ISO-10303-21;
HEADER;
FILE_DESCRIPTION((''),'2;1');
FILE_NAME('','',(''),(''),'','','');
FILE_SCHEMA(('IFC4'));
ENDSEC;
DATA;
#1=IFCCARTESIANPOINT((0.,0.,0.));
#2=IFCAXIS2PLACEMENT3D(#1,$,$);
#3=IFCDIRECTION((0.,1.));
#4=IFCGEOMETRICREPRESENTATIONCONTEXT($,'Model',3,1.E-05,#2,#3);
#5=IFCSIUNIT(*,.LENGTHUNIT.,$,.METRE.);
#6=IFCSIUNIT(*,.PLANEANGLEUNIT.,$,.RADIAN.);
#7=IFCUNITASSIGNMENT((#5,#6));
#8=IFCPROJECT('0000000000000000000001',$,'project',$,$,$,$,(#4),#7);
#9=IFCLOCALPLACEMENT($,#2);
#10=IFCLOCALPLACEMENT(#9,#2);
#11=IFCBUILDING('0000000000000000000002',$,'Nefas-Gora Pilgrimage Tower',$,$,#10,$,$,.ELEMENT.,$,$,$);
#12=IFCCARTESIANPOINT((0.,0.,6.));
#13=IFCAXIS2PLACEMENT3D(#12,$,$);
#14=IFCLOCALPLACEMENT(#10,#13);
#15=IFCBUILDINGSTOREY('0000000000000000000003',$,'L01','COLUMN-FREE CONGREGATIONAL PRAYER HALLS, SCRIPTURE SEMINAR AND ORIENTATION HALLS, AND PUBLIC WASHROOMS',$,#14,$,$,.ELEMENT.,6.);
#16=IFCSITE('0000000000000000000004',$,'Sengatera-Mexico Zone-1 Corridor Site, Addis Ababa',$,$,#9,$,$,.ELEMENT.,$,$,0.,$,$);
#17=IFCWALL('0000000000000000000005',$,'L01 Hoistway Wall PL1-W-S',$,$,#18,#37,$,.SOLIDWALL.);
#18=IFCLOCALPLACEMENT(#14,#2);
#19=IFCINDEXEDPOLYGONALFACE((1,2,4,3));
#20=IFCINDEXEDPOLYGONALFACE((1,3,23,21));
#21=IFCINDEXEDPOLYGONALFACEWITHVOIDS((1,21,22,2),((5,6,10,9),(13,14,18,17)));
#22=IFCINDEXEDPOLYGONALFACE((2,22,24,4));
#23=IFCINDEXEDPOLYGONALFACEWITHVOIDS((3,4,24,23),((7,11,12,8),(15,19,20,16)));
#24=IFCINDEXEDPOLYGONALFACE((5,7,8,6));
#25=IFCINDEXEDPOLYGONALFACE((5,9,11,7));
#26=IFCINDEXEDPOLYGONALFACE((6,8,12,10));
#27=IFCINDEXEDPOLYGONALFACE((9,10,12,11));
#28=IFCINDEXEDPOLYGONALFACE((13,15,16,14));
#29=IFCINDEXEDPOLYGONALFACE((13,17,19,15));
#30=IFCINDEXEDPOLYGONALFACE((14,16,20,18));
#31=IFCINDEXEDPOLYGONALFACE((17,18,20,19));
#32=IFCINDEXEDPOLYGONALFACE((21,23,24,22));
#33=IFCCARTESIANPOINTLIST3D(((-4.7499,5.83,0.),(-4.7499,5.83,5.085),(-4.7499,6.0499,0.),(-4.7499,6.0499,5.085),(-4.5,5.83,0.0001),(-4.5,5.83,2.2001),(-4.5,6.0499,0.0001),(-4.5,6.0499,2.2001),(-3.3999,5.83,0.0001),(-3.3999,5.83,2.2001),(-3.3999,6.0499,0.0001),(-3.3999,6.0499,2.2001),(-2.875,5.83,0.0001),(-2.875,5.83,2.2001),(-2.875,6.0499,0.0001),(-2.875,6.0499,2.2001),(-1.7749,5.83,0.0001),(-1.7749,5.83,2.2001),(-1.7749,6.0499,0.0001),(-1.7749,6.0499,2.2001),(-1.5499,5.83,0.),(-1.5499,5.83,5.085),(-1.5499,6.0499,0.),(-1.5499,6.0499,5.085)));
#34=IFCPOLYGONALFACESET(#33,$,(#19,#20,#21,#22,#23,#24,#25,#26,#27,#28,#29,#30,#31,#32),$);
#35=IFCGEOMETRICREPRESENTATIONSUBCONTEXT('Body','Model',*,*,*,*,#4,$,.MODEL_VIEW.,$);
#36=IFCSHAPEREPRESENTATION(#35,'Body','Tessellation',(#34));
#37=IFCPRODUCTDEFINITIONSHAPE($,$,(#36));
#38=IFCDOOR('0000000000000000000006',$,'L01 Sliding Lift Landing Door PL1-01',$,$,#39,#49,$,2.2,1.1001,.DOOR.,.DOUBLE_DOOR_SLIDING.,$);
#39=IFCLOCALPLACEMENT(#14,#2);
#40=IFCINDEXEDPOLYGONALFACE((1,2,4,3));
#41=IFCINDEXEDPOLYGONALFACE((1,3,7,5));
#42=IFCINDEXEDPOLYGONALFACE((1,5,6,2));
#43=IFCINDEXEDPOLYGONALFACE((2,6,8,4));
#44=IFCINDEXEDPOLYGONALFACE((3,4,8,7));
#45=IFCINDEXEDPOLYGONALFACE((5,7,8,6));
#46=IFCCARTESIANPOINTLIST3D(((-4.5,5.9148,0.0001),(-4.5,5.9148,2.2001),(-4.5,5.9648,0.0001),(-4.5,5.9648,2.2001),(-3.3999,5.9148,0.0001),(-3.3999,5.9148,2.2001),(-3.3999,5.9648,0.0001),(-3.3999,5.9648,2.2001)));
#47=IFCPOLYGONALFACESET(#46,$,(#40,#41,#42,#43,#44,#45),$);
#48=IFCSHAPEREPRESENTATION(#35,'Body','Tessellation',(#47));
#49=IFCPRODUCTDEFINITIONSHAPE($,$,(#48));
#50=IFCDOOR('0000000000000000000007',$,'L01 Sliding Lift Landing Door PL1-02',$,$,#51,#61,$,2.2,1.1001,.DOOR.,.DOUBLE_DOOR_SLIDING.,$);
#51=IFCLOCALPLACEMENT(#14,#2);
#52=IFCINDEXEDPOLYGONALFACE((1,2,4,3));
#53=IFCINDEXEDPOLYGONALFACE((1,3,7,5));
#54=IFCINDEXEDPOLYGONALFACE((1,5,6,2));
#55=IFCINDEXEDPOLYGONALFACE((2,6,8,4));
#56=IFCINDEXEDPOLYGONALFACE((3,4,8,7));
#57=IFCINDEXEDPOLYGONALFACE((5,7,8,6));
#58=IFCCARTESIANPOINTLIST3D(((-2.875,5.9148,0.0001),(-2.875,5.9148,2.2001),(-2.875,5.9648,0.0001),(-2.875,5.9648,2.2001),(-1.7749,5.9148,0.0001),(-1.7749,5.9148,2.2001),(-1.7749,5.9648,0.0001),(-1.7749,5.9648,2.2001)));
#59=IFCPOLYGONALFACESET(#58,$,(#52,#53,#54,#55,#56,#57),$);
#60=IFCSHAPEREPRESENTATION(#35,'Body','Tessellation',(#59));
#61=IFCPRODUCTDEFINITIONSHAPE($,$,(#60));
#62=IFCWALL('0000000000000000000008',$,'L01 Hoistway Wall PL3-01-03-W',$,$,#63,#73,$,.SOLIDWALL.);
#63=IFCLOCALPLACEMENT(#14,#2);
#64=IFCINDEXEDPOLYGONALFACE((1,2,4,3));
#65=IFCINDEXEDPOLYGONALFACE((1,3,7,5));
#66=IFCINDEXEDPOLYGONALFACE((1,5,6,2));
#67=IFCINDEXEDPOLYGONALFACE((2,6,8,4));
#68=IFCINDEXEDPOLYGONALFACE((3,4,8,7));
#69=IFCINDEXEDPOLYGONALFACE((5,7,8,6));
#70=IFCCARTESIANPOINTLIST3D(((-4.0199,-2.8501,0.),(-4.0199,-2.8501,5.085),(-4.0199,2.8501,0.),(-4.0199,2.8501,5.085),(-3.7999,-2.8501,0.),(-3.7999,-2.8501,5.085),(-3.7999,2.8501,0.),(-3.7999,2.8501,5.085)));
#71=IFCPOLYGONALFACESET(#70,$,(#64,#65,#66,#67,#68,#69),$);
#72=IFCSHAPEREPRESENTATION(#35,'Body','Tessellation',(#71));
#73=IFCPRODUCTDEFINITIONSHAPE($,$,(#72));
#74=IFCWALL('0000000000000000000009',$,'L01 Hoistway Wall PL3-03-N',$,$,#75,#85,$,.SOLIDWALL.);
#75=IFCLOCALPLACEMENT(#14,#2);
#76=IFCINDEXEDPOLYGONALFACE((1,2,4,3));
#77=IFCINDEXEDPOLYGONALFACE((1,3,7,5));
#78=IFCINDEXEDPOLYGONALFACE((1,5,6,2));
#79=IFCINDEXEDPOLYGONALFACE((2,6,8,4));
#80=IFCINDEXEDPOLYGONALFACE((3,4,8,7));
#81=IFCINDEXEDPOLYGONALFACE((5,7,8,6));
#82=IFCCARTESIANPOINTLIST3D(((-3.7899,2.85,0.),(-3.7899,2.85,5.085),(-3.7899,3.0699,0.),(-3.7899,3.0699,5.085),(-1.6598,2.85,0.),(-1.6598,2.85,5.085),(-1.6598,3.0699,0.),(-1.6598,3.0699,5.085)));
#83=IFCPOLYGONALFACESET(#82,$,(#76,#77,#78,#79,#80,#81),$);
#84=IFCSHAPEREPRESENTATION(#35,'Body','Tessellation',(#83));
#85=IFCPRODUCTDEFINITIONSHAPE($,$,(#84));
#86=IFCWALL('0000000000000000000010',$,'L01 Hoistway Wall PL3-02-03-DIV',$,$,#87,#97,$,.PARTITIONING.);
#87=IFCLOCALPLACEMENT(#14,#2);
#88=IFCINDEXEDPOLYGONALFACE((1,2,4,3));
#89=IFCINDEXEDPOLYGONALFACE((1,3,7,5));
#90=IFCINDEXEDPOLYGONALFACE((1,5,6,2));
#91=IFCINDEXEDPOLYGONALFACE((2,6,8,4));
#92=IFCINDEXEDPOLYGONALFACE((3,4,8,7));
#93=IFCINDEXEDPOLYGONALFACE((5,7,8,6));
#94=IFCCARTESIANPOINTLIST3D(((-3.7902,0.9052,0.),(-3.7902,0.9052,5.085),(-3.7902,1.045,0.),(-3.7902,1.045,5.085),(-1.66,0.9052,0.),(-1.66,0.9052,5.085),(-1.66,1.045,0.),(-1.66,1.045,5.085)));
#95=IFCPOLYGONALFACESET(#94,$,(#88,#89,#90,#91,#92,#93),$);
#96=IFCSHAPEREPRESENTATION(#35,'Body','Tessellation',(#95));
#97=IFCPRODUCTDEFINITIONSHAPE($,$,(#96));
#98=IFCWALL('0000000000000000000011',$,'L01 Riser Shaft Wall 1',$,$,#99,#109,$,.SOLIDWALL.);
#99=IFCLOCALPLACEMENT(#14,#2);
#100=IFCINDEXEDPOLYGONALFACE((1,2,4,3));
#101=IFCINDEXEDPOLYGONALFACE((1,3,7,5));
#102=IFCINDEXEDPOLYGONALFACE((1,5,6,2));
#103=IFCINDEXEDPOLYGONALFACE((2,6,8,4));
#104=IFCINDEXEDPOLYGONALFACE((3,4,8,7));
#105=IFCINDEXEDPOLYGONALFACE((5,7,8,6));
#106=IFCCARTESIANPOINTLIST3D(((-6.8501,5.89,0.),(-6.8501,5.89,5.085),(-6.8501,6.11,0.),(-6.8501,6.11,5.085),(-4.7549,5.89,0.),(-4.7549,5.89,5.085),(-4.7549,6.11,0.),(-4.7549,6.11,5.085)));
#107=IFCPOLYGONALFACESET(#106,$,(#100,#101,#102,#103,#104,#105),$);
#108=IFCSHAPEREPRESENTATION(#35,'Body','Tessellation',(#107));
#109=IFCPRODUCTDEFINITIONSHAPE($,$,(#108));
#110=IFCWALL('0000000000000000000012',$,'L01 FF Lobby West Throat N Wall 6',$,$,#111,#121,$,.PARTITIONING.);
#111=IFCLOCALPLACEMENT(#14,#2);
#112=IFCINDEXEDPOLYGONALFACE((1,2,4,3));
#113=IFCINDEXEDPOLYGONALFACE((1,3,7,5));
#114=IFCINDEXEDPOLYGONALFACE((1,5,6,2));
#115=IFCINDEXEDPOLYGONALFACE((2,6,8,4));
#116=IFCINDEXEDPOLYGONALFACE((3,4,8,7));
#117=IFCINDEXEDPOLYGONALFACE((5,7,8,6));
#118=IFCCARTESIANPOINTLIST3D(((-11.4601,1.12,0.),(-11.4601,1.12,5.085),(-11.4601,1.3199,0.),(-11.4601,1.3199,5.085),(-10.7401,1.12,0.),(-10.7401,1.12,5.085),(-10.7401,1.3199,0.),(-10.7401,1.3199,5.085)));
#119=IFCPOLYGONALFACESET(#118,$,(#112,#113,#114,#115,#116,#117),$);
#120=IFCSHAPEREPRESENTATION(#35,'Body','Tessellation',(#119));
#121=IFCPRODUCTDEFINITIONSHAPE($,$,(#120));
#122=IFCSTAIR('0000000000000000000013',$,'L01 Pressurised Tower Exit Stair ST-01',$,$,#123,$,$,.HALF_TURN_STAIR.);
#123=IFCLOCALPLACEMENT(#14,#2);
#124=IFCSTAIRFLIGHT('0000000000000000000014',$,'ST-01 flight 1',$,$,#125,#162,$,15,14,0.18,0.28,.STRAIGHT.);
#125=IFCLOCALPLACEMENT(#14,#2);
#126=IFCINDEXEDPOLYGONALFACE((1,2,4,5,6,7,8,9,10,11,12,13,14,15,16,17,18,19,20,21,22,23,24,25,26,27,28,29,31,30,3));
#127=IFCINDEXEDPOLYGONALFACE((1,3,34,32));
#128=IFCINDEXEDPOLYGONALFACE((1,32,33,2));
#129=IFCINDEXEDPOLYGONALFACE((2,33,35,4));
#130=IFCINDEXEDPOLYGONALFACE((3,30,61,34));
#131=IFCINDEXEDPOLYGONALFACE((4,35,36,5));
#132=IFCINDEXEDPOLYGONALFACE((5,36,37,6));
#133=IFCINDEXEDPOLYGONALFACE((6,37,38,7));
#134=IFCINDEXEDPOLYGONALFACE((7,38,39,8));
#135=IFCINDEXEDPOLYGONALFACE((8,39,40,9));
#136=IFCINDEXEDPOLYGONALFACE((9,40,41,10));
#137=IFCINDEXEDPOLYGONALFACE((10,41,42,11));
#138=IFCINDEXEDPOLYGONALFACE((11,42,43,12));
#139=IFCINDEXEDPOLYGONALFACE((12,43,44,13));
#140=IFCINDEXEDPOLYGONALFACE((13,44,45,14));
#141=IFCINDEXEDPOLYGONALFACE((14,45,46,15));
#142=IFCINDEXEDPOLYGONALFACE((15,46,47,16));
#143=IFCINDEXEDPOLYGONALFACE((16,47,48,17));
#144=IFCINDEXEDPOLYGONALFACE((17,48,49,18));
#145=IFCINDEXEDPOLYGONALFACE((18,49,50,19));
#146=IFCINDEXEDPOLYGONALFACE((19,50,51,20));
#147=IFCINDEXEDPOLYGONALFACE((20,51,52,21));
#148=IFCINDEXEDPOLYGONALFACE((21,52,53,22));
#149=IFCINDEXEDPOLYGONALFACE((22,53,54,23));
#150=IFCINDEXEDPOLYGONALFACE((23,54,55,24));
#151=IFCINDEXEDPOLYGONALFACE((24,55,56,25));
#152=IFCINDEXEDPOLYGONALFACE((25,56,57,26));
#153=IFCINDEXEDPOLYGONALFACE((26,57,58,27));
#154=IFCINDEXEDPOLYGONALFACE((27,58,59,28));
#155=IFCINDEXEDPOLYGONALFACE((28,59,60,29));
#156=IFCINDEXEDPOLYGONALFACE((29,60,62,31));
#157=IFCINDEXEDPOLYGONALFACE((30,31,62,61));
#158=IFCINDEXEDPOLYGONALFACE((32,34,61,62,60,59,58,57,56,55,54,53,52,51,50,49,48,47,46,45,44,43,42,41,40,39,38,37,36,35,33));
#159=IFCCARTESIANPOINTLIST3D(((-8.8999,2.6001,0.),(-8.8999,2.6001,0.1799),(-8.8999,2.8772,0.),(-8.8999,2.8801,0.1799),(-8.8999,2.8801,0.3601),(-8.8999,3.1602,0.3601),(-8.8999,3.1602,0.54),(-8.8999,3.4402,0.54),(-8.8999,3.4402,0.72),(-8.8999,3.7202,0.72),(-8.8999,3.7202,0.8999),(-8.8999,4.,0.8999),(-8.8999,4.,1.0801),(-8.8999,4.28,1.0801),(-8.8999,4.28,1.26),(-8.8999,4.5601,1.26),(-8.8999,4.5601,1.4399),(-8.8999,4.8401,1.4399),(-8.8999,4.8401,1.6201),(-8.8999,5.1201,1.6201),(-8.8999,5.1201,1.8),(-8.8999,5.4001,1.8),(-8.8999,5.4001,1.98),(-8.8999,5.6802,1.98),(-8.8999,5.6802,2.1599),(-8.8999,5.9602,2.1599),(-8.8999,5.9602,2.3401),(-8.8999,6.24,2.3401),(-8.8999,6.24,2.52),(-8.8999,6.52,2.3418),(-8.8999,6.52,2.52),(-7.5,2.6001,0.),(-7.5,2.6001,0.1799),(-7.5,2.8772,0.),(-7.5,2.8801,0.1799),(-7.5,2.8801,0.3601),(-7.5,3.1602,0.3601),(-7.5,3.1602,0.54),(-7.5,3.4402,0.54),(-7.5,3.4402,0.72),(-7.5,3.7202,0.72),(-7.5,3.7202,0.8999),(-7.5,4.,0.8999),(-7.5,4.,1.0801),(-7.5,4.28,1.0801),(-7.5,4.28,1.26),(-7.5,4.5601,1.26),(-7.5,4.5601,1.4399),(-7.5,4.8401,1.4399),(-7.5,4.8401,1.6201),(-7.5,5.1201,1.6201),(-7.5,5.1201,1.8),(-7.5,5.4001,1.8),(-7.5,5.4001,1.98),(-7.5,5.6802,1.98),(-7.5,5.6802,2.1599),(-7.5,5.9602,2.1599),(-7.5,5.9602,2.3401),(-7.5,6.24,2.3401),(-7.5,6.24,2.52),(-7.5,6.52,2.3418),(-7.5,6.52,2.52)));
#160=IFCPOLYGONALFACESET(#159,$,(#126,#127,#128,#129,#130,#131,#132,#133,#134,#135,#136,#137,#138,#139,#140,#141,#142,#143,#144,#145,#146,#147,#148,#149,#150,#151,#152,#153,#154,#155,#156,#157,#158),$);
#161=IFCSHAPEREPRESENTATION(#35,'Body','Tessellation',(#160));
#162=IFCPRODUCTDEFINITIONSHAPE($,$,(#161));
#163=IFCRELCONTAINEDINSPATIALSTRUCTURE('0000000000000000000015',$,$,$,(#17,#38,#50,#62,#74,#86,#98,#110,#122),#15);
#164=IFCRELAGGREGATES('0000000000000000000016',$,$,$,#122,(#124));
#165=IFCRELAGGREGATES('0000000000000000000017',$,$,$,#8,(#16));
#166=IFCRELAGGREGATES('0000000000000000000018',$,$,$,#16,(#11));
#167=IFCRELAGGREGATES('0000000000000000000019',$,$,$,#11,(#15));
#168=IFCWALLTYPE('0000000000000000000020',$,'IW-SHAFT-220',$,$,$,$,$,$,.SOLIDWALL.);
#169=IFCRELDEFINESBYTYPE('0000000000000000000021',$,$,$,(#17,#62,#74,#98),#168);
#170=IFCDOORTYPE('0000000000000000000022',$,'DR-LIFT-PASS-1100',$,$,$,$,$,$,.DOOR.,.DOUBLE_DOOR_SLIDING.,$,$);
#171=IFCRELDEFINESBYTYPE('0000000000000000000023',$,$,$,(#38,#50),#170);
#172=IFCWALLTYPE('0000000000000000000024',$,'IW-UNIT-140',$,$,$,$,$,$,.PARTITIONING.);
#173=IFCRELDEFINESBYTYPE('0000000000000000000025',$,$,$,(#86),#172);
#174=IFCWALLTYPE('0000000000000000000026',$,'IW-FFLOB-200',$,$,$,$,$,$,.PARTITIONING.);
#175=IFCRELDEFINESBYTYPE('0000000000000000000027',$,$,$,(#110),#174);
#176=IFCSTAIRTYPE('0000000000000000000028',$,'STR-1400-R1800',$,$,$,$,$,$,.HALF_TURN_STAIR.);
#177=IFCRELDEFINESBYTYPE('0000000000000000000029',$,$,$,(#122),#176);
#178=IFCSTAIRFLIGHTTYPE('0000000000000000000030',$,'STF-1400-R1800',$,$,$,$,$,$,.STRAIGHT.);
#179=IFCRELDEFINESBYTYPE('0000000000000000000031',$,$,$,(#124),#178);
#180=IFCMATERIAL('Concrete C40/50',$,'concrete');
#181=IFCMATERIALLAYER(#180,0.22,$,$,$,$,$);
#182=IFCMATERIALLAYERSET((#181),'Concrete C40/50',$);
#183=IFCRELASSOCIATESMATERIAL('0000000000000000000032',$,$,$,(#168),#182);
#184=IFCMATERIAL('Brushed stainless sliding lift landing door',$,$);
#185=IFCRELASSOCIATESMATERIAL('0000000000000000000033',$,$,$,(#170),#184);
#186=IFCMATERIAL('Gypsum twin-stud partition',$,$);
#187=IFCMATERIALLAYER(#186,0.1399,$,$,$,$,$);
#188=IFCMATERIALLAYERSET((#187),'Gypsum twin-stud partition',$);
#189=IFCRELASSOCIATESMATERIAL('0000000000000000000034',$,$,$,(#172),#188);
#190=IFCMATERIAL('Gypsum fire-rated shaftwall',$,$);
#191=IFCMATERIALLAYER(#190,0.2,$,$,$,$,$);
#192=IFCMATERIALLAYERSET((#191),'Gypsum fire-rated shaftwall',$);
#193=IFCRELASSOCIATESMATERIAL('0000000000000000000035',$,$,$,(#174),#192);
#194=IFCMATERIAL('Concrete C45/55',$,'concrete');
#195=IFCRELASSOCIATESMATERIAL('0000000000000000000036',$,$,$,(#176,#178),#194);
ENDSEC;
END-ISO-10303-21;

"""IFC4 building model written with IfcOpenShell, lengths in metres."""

from ifc_helpers import new_model, si_unit, direction, frame, frame_2d, origin, place, context, subcontext, project, spatial, polyline, rectangle, outline, extrude, source, transform, mapped, material, layer, layer_set, type_object, element, fill, aggregate, save


model = new_model("IFC4")

# Units and contexts
model_context = context("Model", 3, precision=1e-05, world=origin(), true_north=direction((0.0, 1.0)))
body_context = subcontext(model_context, "Body", "Model", "MODEL_VIEW")
ifc_project = project(units=[si_unit("LENGTHUNIT", "METRE"), si_unit("PLANEANGLEUNIT", "RADIAN")], contexts=[model_context])

# Site, building, storey
site_placement = place(None, origin())
site = spatial("IfcSite", under=ifc_project, at=site_placement, Name="Sengatera-Mexico Zone-1 Corridor Site, Addis Ababa", CompositionType="ELEMENT", RefElevation=0.0)
building_placement = place(site_placement, origin())
building = spatial("IfcBuilding", under=site, at=building_placement, Name="Nefas-Gora Pilgrimage Tower", CompositionType="ELEMENT")
storey_placement = place(building_placement, frame((0.0, 0.0, 6.0)))
storey = spatial("IfcBuildingStorey", under=building, at=storey_placement, Name="L01", Description="COLUMN-FREE CONGREGATIONAL PRAYER HALLS, SCRIPTURE SEMINAR AND ORIENTATION HALLS, AND PUBLIC WASHROOMS", CompositionType="ELEMENT", Elevation=6.0)

# Shared definitions
ifc_material_1 = material(Name="Concrete C45/55", Category="concrete")

# Shared definitions
ifc_material_2 = material(Name="Concrete C40/50", Category="concrete")
ifc_layer_1 = layer(ifc_material_2, 0.22)
ifc_layer_set_1 = layer_set([ifc_layer_1], Name="Concrete C40/50")
wall_type_1 = type_object("IfcWallType", Name="IW-SHAFT-220", PredefinedType="SOLIDWALL", material=ifc_layer_set_1)

# Wall, openings, doors
shared_shape_1 = source(origin(), body_context, "Body", "SweptSolid", [
    extrude(rectangle(XDim=3.2, YDim=0.22, at=frame_2d((1.6001, 0.0))), origin(), (0.0, 0.0, 1.0), 5.085),
])
wall_1_placement = place(storey_placement, frame((-4.75, 5.9399, 0.0), z_axis=(0.0, 0.0, 1.0), x_axis=(1.0, 0.0, 0.0)))
wall_1 = element("IfcWall", 1, at=wall_1_placement, inside=storey, type_object=wall_type_1, Name="L01 Hoistway Wall PL1-W-S", PredefinedType="SOLIDWALL", context=body_context, shape_type="MappedRepresentation", body=[
    mapped(shared_shape_1, transform((0.0, 0.0, 0.0), x_axis=(1.0, 0.0, 0.0), y_axis=(0.0, 1.0, 0.0), z_axis=(0.0, 0.0, 1.0), scale=1.0)),
])
opening_1_placement = place(wall_1_placement, frame((0.25, 0.0, 0.0)))
opening_1 = element("IfcOpeningElement", 2, at=opening_1_placement, cuts=wall_1, PredefinedType="OPENING", context=body_context, shape_type="SweptSolid", body=[
    extrude(rectangle(XDim=1.1001, YDim=2.2, at=frame_2d((0.55, 1.1001))), frame((0.0, 0.1199, 0.0), z_axis=(0.0, -1.0, 0.0), x_axis=(1.0, 0.0, 0.0)), (0.0, 0.0, 1.0), 0.24),
])
opening_2_placement = place(wall_1_placement, frame((1.875, 0.0, 0.0)))
opening_2 = element("IfcOpeningElement", 3, at=opening_2_placement, cuts=wall_1, PredefinedType="OPENING", context=body_context, shape_type="SweptSolid", body=[
    extrude(rectangle(XDim=1.1001, YDim=2.2, at=frame_2d((0.55, 1.1001))), frame((0.0, 0.1199, 0.0), z_axis=(0.0, -1.0, 0.0), x_axis=(1.0, 0.0, 0.0)), (0.0, 0.0, 1.0), 0.24),
])
ifc_material_3 = material(Name="Brushed stainless sliding lift landing door")
door_type_1 = type_object("IfcDoorType", Name="DR-LIFT-PASS-1100", OperationType="DOUBLE_DOOR_SLIDING", PredefinedType="DOOR", material=ifc_material_3)
shared_shape_2 = source(origin(), body_context, "Body", "SweptSolid", [
    extrude(rectangle(XDim=1.1001, YDim=2.2, at=frame_2d((0.55, 1.1001))), frame((0.0, 0.0249, 0.0), z_axis=(0.0, -1.0, 0.0), x_axis=(1.0, 0.0, 0.0)), (0.0, 0.0, 1.0), 0.05),
])
door_1_placement = place(opening_1_placement, origin())
door_1 = element("IfcDoor", 4, at=door_1_placement, inside=storey, type_object=door_type_1, Name="L01 Sliding Lift Landing Door PL1-01", OperationType="DOUBLE_DOOR_SLIDING", OverallHeight=2.2, OverallWidth=1.1001, PredefinedType="DOOR", context=body_context, shape_type="MappedRepresentation", body=[
    mapped(shared_shape_2, transform((0.0, 0.0, 0.0), x_axis=(1.0, 0.0, 0.0), y_axis=(0.0, 1.0, 0.0), z_axis=(0.0, 0.0, 1.0), scale=1.0)),
])
fill(opening_1, door_1)
door_2_placement = place(opening_2_placement, origin())
door_2 = element("IfcDoor", 5, at=door_2_placement, inside=storey, type_object=door_type_1, Name="L01 Sliding Lift Landing Door PL1-02", OperationType="DOUBLE_DOOR_SLIDING", OverallHeight=2.2, OverallWidth=1.1001, PredefinedType="DOOR", context=body_context, shape_type="MappedRepresentation", body=[
    mapped(shared_shape_2, transform((0.0, 0.0, 0.0), x_axis=(1.0, 0.0, 0.0), y_axis=(0.0, 1.0, 0.0), z_axis=(0.0, 0.0, 1.0), scale=1.0)),
])
fill(opening_2, door_2)

# Walls
ifc_material_4 = material(Name="Gypsum twin-stud partition")
ifc_layer_2 = layer(ifc_material_4, 0.1399)
ifc_layer_set_2 = layer_set([ifc_layer_2], Name="Gypsum twin-stud partition")
wall_type_2 = type_object("IfcWallType", Name="IW-UNIT-140", PredefinedType="PARTITIONING", material=ifc_layer_set_2)
shared_shape_3 = source(origin(), body_context, "Body", "SweptSolid", [
    extrude(rectangle(XDim=5.7002, YDim=0.22, at=frame_2d((2.8501, 0.0))), origin(), (0.0, 0.0, 1.0), 5.085),
])
wall_2_placement = place(storey_placement, frame((-3.9099, 2.8501, 0.0), z_axis=(0.0, 0.0, 1.0), x_axis=(0.0, -1.0, 0.0)))
element("IfcWall", 6, at=wall_2_placement, inside=storey, type_object=wall_type_1, Name="L01 Hoistway Wall PL3-01-03-W", PredefinedType="SOLIDWALL", context=body_context, shape_type="MappedRepresentation", body=[
    mapped(shared_shape_3, transform((0.0, 0.0, 0.0), x_axis=(1.0, 0.0, 0.0), y_axis=(0.0, 1.0, 0.0), z_axis=(0.0, 0.0, 1.0), scale=1.0)),
])
shared_shape_4 = source(origin(), body_context, "Body", "SweptSolid", [
    extrude(rectangle(XDim=2.1301, YDim=0.22, at=frame_2d((1.0649, 0.0))), origin(), (0.0, 0.0, 1.0), 5.085),
])
wall_3_placement = place(storey_placement, frame((-1.6599, 2.96, 0.0), z_axis=(0.0, 0.0, 1.0), x_axis=(-1.0, 0.0, 0.0)))
element("IfcWall", 7, at=wall_3_placement, inside=storey, type_object=wall_type_1, Name="L01 Hoistway Wall PL3-03-N", PredefinedType="SOLIDWALL", context=body_context, shape_type="MappedRepresentation", body=[
    mapped(shared_shape_4, transform((0.0, 0.0, 0.0), x_axis=(1.0, 0.0, 0.0), y_axis=(0.0, 1.0, 0.0), z_axis=(0.0, 0.0, 1.0), scale=1.0)),
])
shared_shape_5 = source(origin(), body_context, "Body", "SweptSolid", [
    extrude(rectangle(XDim=2.1301, YDim=0.1399, at=frame_2d((1.0649, 0.0))), origin(), (0.0, 0.0, 1.0), 5.085),
])
wall_4_placement = place(storey_placement, frame((-3.79, 0.9751, 0.0), z_axis=(0.0, 0.0, 1.0), x_axis=(1.0, 0.0, 0.0)))
element("IfcWall", 8, at=wall_4_placement, inside=storey, type_object=wall_type_2, Name="L01 Hoistway Wall PL3-02-03-DIV", PredefinedType="PARTITIONING", context=body_context, shape_type="MappedRepresentation", body=[
    mapped(shared_shape_5, transform((0.0, 0.0, 0.0), x_axis=(1.0, 0.0, 0.0), y_axis=(0.0, 1.0, 0.0), z_axis=(0.0, 0.0, 1.0), scale=1.0)),
])
shared_shape_6 = source(origin(), body_context, "Body", "SweptSolid", [
    extrude(rectangle(XDim=2.0952, YDim=0.22, at=frame_2d((1.0476, 0.0))), origin(), (0.0, 0.0, 1.0), 5.085),
])
wall_5_placement = place(storey_placement, frame((-6.8501, 6.0, 0.0), z_axis=(0.0, 0.0, 1.0), x_axis=(1.0, 0.0, 0.0)))
element("IfcWall", 9, at=wall_5_placement, inside=storey, type_object=wall_type_1, Name="L01 Riser Shaft Wall 1", PredefinedType="SOLIDWALL", context=body_context, shape_type="MappedRepresentation", body=[
    mapped(shared_shape_6, transform((0.0, 0.0, 0.0), x_axis=(1.0, 0.0, 0.0), y_axis=(0.0, 1.0, 0.0), z_axis=(0.0, 0.0, 1.0), scale=1.0)),
])
ifc_material_5 = material(Name="Gypsum fire-rated shaftwall")
ifc_layer_3 = layer(ifc_material_5, 0.2)
ifc_layer_set_3 = layer_set([ifc_layer_3], Name="Gypsum fire-rated shaftwall")
wall_type_3 = type_object("IfcWallType", Name="IW-FFLOB-200", PredefinedType="PARTITIONING", material=ifc_layer_set_3)
shared_shape_7 = source(origin(), body_context, "Body", "SweptSolid", [
    extrude(rectangle(XDim=0.72, YDim=0.2, at=frame_2d((0.3599, 0.0))), origin(), (0.0, 0.0, 1.0), 5.085),
])
wall_6_placement = place(storey_placement, frame((-11.46, 1.22, 0.0), z_axis=(0.0, 0.0, 1.0), x_axis=(1.0, 0.0, 0.0)))
element("IfcWall", 10, at=wall_6_placement, inside=storey, type_object=wall_type_3, Name="L01 FF Lobby West Throat N Wall 6", PredefinedType="PARTITIONING", context=body_context, shape_type="MappedRepresentation", body=[
    mapped(shared_shape_7, transform((0.0, 0.0, 0.0), x_axis=(1.0, 0.0, 0.0), y_axis=(0.0, 1.0, 0.0), z_axis=(0.0, 0.0, 1.0), scale=1.0)),
])

# Stair, stair flight
stair_type = type_object("IfcStairType", Name="STR-1400-R1800", PredefinedType="HALF_TURN_STAIR", material=ifc_material_1)
stair_placement = place(storey_placement, origin())
stair = element("IfcStair", 11, at=stair_placement, inside=storey, type_object=stair_type, Name="L01 Pressurised Tower Exit Stair ST-01", PredefinedType="HALF_TURN_STAIR")
stair_flight_type = type_object("IfcStairFlightType", Name="STF-1400-R1800", PredefinedType="STRAIGHT", material=ifc_material_1)
shared_shape_8 = source(origin(), body_context, "Body", "SweptSolid", [
    extrude(outline(polyline([(0.0, 0.0), (0.0, 0.1799), (0.28, 0.1799), (0.28, 0.3601), (0.5601, 0.3601), (0.5601, 0.54), (0.8401, 0.54), (0.8401, 0.72), (1.1201, 0.72), (1.1201, 0.8999), (1.3999, 0.8999), (1.3999, 1.0801), (1.6799, 1.0801), (1.6799, 1.26), (1.96, 1.26), (1.96, 1.4399), (2.24, 1.4399), (2.24, 1.6201), (2.52, 1.6201), (2.52, 1.8), (2.8, 1.8), (2.8, 1.98), (3.0801, 1.98), (3.0801, 2.1599), (3.3601, 2.1599), (3.3601, 2.3401), (3.6399, 2.3401), (3.6399, 2.52), (3.9199, 2.52), (3.9199, 2.7), (3.9199, 2.3418), (0.2771, 0.0), (0.0, 0.0)])), frame((0.0, 0.7, 0.0), z_axis=(0.0, -1.0, 0.0), x_axis=(1.0, 0.0, 0.0)), (0.0, 0.0, 1.0), 1.3999),
])
stair_flight_placement = place(storey_placement, frame((-8.2, 2.6001, 0.0), z_axis=(0.0, 0.0, 1.0), x_axis=(0.0, 1.0, 0.0)))
stair_flight = element("IfcStairFlight", 12, at=stair_flight_placement, type_object=stair_flight_type, Name="ST-01 flight 1", NumberOfRisers=15, NumberOfTreads=14, PredefinedType="STRAIGHT", RiserHeight=0.18, TreadLength=0.28, context=body_context, shape_type="MappedRepresentation", body=[
    mapped(shared_shape_8, transform((0.0, 0.0, 0.0), x_axis=(1.0, 0.0, 0.0), y_axis=(0.0, 1.0, 0.0), z_axis=(0.0, 0.0, 1.0), scale=1.0)),
])
aggregate(stair, [stair_flight])

save(model, "model.ifc")
